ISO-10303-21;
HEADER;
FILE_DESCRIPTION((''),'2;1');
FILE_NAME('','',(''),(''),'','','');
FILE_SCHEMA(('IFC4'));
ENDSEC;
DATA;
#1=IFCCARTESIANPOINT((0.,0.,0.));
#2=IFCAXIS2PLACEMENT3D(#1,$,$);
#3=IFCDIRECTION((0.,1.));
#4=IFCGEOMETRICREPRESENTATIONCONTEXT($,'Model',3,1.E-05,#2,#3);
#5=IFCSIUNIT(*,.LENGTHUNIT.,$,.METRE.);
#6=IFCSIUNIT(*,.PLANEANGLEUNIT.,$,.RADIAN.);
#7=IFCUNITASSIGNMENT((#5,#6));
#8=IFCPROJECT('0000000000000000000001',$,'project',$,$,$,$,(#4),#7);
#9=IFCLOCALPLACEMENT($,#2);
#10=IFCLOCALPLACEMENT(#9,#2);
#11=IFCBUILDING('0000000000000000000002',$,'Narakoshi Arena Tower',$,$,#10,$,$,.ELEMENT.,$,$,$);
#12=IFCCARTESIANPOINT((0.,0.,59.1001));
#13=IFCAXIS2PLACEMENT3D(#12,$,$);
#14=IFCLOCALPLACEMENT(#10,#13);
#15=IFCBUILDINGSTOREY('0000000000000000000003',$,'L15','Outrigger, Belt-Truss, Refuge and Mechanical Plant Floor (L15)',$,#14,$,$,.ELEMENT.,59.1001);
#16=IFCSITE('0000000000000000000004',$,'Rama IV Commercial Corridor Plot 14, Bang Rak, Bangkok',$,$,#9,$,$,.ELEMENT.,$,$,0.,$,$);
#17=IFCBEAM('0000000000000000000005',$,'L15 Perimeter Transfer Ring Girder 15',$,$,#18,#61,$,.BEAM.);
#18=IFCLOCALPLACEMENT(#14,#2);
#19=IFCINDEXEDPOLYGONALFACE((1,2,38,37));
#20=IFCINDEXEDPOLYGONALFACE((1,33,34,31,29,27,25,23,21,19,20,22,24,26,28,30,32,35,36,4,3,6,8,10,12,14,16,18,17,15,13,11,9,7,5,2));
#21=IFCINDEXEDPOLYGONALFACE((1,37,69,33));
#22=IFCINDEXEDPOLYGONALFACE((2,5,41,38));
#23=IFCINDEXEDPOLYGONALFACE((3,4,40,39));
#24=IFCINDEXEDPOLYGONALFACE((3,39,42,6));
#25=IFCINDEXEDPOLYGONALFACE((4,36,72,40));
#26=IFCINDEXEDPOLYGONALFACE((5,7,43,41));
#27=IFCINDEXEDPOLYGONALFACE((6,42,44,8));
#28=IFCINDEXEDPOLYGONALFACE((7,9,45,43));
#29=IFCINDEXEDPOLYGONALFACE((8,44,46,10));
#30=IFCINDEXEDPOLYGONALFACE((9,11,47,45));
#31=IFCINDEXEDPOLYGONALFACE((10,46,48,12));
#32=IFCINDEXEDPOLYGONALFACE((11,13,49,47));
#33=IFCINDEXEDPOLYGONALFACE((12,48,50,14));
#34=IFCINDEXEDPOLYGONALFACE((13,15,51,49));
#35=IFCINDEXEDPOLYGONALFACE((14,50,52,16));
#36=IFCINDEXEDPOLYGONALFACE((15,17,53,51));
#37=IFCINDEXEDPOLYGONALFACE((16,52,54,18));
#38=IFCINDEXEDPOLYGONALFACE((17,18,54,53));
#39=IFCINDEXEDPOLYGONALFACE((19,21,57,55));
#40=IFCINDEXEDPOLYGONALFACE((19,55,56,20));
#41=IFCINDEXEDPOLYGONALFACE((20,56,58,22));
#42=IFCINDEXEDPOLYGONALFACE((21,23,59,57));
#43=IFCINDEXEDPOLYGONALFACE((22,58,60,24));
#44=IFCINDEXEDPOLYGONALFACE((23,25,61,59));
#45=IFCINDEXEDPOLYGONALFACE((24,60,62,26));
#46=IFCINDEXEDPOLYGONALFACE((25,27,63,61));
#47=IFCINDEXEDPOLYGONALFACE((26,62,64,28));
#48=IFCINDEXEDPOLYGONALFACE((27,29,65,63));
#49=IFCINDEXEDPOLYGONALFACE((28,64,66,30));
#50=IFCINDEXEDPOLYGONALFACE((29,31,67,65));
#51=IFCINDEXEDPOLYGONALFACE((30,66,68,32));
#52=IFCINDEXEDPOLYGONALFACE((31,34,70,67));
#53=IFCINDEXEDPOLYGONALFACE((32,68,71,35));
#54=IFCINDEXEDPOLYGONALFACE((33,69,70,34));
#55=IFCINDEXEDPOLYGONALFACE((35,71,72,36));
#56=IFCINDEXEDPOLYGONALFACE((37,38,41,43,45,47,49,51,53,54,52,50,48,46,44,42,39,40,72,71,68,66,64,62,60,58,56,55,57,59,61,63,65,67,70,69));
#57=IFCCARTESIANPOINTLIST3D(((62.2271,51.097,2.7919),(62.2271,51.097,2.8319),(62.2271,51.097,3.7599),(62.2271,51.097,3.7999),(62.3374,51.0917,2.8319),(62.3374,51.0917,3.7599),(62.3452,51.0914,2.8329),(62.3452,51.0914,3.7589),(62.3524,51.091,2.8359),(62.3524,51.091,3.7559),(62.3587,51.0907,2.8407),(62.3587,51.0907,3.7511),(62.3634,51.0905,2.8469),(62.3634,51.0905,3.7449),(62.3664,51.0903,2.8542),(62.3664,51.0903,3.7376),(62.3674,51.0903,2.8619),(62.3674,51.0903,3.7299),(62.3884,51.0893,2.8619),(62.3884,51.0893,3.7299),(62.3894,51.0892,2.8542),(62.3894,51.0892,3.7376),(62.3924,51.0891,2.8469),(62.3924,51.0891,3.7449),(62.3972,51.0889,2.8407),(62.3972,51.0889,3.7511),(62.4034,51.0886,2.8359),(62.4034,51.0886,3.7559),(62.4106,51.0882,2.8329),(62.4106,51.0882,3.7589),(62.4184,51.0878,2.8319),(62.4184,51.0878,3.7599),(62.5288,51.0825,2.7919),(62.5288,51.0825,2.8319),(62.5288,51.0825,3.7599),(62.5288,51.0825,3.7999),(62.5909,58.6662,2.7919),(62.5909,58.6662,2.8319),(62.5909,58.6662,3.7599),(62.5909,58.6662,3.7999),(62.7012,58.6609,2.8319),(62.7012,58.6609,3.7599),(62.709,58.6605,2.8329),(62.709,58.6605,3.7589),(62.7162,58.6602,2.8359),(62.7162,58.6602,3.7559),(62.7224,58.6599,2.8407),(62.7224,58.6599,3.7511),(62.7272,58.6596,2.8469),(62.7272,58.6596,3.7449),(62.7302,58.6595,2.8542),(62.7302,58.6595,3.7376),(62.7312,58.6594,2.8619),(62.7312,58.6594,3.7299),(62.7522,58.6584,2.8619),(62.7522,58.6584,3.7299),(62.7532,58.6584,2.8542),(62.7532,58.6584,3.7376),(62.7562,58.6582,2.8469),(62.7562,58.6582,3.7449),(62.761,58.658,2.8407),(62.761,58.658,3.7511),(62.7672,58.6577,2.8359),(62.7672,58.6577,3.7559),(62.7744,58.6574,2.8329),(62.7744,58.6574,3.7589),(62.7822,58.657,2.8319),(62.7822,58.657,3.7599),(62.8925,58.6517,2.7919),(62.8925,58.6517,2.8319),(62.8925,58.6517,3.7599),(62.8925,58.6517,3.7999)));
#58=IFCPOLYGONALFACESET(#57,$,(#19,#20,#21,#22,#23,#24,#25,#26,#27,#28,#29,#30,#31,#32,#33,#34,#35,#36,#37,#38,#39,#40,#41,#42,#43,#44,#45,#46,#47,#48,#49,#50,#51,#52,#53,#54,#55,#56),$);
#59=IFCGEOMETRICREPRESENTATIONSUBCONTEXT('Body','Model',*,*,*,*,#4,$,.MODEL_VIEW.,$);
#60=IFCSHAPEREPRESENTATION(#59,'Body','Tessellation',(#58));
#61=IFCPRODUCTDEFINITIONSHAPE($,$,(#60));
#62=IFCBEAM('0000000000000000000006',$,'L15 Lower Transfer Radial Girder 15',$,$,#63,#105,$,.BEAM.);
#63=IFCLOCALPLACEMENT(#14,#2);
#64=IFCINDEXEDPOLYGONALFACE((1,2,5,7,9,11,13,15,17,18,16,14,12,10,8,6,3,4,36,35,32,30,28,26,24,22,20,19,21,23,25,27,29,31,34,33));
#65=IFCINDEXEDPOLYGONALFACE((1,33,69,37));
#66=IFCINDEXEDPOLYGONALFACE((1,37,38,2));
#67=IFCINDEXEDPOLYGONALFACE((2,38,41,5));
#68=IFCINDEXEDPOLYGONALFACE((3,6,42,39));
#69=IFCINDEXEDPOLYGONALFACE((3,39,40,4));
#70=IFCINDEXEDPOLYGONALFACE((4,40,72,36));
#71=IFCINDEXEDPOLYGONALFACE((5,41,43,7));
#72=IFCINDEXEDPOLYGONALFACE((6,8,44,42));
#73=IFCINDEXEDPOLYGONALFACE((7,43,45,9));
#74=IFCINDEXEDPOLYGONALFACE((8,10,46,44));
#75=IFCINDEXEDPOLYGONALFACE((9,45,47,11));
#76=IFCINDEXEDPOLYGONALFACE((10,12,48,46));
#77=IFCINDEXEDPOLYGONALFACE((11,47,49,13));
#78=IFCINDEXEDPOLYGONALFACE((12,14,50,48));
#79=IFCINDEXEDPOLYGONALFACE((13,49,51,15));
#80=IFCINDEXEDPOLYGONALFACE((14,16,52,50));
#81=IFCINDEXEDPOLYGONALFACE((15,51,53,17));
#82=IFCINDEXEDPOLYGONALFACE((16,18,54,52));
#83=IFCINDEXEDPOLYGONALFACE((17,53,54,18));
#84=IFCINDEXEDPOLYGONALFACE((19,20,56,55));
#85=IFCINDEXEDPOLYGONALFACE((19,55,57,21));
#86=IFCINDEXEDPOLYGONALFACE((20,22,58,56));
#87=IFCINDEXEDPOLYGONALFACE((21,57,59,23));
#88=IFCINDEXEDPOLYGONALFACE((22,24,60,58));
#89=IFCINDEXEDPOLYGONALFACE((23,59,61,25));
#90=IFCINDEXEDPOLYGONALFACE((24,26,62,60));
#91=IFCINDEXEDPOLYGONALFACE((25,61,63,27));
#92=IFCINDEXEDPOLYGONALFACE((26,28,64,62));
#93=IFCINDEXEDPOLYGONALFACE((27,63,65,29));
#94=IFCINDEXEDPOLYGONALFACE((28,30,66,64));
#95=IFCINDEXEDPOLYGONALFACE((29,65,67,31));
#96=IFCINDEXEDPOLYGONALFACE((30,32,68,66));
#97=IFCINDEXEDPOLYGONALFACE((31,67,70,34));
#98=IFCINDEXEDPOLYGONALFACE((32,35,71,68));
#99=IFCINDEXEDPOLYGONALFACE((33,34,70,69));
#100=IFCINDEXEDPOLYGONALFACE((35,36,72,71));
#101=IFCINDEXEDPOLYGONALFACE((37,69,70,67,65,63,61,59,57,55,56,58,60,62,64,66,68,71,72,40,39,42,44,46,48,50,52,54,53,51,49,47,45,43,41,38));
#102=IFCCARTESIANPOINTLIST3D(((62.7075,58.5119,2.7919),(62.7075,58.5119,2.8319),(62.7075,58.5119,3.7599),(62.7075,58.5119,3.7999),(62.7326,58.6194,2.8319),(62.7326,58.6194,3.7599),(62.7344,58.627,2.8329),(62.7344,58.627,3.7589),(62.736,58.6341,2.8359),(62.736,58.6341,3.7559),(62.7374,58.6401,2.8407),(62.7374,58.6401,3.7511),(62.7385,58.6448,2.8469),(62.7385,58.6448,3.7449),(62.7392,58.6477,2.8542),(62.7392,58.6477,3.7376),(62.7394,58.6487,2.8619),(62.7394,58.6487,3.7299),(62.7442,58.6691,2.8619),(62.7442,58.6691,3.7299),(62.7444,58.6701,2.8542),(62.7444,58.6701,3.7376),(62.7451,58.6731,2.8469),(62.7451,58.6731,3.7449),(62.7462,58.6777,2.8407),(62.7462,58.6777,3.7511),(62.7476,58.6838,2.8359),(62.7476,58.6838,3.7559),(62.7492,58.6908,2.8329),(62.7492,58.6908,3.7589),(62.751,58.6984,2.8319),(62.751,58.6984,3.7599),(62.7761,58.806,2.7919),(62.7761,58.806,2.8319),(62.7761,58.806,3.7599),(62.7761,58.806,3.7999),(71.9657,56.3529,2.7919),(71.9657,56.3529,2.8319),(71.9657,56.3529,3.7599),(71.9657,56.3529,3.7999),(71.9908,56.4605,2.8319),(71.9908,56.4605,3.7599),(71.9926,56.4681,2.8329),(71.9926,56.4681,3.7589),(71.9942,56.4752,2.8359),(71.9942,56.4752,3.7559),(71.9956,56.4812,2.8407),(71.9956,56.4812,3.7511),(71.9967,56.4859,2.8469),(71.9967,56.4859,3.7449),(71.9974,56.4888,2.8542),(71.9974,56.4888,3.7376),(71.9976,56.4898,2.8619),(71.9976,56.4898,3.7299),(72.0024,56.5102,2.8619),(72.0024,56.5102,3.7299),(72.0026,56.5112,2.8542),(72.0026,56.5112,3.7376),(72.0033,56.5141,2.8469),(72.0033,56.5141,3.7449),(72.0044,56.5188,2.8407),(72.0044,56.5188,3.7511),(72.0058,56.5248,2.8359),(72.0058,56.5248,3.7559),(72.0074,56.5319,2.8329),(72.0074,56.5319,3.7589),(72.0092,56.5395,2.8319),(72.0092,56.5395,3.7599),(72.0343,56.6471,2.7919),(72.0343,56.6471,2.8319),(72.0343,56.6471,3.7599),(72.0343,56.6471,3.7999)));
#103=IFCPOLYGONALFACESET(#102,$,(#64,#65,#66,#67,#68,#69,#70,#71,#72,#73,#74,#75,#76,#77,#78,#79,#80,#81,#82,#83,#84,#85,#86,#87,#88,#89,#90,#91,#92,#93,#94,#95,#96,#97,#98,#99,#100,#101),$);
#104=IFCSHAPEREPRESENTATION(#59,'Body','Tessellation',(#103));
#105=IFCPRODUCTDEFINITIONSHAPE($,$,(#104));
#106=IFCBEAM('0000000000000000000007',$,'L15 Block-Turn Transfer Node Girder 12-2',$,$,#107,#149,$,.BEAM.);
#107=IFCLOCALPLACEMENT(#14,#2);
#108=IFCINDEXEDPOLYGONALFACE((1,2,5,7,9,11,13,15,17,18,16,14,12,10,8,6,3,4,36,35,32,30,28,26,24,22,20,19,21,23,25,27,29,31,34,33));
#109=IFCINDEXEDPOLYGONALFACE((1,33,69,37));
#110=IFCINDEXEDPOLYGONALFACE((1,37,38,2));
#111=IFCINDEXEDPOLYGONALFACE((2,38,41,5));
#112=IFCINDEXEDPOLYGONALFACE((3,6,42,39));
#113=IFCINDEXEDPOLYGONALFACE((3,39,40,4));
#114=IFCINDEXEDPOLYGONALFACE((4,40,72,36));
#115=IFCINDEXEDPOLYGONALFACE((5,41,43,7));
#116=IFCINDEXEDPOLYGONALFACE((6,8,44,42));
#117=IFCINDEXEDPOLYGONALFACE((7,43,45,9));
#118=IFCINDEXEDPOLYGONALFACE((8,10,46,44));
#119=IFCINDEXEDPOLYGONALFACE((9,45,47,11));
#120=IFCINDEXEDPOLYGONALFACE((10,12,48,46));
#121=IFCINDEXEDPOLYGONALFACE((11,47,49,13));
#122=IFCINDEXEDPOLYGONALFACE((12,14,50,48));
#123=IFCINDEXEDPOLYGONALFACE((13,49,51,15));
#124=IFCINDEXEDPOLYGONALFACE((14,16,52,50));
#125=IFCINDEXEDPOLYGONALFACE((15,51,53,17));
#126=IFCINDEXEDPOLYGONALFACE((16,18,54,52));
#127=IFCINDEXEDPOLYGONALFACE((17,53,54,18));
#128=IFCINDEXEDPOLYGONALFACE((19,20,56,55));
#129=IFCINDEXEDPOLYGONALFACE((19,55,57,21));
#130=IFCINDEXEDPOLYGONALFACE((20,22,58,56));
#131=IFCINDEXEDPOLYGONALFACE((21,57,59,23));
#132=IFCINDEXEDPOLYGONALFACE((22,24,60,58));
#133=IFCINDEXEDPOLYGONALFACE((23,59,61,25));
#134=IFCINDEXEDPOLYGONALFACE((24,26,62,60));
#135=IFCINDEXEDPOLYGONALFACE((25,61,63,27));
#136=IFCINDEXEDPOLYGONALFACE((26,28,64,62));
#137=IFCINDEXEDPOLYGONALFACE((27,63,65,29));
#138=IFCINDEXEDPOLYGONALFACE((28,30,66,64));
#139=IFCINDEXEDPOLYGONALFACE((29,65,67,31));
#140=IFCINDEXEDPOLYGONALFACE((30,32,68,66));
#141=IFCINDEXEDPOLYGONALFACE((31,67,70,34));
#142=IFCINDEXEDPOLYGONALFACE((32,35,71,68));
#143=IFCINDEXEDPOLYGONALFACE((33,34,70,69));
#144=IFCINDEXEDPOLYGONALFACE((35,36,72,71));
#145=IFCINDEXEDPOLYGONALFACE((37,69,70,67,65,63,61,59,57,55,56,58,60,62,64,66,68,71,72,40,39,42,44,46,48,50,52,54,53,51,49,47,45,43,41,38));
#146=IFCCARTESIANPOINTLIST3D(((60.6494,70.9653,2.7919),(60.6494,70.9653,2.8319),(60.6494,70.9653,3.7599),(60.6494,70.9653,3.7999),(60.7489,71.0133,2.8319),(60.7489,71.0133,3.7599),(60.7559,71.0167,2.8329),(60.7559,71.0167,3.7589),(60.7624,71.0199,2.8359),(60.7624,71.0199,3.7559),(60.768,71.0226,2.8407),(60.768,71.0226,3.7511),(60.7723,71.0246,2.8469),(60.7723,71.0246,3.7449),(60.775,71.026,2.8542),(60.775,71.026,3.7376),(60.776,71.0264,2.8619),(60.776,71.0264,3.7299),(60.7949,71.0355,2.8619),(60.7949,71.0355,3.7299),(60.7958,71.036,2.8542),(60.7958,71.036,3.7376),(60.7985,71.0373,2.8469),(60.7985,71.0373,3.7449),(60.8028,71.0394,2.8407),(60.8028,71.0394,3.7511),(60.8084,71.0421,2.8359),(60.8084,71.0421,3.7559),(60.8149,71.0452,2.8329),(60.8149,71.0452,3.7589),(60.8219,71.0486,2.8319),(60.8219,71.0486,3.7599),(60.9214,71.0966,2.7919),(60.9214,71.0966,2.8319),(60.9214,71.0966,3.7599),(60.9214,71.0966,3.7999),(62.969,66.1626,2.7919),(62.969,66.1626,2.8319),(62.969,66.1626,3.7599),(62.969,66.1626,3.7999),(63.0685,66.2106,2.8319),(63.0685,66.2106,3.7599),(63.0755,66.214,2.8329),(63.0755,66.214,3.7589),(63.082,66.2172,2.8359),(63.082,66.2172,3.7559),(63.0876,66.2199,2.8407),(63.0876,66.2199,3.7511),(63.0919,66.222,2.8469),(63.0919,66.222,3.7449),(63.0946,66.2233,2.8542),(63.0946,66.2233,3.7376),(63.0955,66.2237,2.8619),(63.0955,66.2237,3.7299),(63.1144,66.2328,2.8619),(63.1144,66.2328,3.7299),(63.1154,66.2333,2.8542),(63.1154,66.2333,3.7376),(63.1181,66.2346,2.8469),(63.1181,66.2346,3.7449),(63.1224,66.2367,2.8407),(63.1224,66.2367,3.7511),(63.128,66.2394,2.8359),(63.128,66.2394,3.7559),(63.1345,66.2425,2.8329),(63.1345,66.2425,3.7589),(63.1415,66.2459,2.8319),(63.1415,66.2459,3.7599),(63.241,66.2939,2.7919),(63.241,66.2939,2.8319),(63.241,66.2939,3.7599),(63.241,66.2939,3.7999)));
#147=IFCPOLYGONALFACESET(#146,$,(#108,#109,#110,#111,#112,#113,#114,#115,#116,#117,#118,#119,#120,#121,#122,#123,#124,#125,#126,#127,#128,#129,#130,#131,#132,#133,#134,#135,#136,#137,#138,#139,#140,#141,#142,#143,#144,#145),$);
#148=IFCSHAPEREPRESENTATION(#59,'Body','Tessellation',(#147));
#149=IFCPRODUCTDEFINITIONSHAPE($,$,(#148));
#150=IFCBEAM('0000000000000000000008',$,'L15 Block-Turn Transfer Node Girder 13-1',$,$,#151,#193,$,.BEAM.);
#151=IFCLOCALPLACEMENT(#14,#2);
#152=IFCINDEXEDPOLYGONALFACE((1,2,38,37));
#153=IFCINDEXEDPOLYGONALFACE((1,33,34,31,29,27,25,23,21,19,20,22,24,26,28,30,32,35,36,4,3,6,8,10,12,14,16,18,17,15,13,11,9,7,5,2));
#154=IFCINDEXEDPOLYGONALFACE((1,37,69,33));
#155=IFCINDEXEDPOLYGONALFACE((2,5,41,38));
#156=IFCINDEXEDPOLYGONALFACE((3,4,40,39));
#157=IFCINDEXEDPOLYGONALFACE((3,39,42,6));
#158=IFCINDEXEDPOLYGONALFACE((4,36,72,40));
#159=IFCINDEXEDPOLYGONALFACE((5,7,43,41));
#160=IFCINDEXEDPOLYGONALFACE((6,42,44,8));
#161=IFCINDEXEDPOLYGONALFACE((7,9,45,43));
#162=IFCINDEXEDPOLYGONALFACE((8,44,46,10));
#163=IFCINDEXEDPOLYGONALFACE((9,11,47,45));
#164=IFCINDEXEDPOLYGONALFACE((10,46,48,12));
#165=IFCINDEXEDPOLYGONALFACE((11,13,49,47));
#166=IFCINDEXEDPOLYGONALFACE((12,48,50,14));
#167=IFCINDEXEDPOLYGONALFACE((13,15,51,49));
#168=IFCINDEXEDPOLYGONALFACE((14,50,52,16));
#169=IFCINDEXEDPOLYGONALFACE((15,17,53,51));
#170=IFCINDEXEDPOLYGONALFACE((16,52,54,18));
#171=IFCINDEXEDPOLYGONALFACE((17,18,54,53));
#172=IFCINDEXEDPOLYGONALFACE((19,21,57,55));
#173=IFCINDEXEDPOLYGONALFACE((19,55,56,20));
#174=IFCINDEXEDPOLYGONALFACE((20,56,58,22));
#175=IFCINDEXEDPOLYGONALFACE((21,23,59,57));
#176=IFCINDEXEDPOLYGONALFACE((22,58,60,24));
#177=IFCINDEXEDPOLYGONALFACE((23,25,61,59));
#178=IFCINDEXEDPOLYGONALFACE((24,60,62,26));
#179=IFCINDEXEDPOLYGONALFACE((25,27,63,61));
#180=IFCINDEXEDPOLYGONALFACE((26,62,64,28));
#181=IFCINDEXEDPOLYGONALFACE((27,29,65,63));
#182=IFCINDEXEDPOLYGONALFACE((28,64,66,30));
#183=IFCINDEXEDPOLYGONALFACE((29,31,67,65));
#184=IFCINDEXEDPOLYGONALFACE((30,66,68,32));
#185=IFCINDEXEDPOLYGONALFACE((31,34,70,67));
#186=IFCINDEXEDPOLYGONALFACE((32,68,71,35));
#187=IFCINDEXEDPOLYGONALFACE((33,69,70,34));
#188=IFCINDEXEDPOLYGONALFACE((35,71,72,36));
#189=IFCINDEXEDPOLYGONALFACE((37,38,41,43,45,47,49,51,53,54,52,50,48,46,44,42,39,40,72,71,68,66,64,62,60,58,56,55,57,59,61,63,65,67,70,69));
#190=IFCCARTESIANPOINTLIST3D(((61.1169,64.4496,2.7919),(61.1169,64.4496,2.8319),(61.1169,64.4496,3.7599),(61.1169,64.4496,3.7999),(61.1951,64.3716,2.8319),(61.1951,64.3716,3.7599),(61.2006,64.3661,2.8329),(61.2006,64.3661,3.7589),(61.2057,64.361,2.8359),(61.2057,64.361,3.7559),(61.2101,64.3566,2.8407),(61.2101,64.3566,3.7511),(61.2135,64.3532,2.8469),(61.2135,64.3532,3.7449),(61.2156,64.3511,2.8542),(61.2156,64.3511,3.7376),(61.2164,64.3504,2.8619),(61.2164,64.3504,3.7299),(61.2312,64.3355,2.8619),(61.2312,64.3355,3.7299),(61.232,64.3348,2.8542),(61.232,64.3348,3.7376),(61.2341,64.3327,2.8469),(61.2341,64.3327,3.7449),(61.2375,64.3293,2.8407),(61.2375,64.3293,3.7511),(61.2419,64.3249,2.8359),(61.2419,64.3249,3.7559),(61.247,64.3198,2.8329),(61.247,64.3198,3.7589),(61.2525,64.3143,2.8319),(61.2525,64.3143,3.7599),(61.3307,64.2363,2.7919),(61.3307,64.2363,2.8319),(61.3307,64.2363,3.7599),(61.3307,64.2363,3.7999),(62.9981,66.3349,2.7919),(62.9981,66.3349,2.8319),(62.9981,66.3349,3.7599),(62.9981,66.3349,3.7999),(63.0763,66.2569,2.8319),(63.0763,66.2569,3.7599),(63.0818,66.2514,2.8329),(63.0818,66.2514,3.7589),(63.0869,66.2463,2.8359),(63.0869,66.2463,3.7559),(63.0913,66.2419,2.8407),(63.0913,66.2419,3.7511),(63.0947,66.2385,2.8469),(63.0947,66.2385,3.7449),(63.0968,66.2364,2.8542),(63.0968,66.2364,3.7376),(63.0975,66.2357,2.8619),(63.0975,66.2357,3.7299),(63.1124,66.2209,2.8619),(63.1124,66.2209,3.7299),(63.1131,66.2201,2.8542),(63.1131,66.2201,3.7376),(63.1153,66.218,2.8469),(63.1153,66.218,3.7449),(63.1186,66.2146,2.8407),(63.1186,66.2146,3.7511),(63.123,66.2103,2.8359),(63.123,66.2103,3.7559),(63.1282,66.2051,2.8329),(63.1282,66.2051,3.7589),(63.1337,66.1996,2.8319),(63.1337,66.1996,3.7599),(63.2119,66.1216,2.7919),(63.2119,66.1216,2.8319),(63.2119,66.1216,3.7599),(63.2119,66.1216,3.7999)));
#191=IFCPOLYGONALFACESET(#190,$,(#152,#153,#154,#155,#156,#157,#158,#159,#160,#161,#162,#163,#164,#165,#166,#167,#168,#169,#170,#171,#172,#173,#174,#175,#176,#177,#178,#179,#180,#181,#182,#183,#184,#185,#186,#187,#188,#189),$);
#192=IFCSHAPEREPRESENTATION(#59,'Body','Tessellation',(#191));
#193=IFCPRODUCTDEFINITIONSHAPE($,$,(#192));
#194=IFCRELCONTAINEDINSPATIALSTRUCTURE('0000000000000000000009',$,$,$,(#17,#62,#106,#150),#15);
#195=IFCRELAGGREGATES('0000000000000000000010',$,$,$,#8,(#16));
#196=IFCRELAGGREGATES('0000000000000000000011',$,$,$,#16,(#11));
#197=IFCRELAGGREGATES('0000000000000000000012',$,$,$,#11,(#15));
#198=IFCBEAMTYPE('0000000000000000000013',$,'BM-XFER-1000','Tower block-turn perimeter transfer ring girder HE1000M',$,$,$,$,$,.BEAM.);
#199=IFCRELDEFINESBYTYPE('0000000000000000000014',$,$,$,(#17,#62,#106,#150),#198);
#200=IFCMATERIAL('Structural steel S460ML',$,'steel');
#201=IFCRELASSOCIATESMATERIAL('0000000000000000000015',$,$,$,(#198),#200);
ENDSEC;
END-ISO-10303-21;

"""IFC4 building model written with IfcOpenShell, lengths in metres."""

from ifc_helpers import new_model, si_unit, direction, frame, origin, origin_2d, place, context, subcontext, project, spatial, i_section, extrude, material, material_profile, profile_set, type_object, element, save


model = new_model("IFC4")

# Units and contexts
model_context = context("Model", 3, precision=1e-05, world=origin(), true_north=direction((0.0, 1.0)))
body_context = subcontext(model_context, "Body", "Model", "MODEL_VIEW")
ifc_project = project(units=[si_unit("LENGTHUNIT", "METRE"), si_unit("PLANEANGLEUNIT", "RADIAN")], contexts=[model_context])

# Site, building, storey
site_placement = place(None, origin())
site = spatial("IfcSite", under=ifc_project, at=site_placement, Name="Rama IV Commercial Corridor Plot 14, Bang Rak, Bangkok", CompositionType="ELEMENT", RefElevation=0.0)
building_placement = place(site_placement, origin())
building = spatial("IfcBuilding", under=site, at=building_placement, Name="Narakoshi Arena Tower", CompositionType="ELEMENT")
storey_placement = place(building_placement, frame((0.0, 0.0, 59.1001)))
storey = spatial("IfcBuildingStorey", under=building, at=storey_placement, Name="L15", Description="Outrigger, Belt-Truss, Refuge and Mechanical Plant Floor (L15)", CompositionType="ELEMENT", Elevation=59.1001)

# Shared definitions
ifc_material_1 = material(Name="Structural steel S460ML", Category="steel")

# Beams
ifc_material_profile_1 = material_profile(ifc_material_1, i_section(OverallWidth=0.302, OverallDepth=1.0081, WebThickness=0.021, FlangeThickness=0.04, FilletRadius=0.03, at=origin_2d()), Name="HE1000M")
ifc_profile_set_1 = profile_set([ifc_material_profile_1], Name="Structural steel S460ML")
beam_type_1 = type_object("IfcBeamType", Name="BM-XFER-1000", Description="Tower block-turn perimeter transfer ring girder HE1000M", PredefinedType="BEAM", material=ifc_profile_set_1)
beam_1_placement = place(storey_placement, frame((62.7417, 58.6589, 3.2959), z_axis=(-0.048004, -0.998847, 0.0), x_axis=(0.998847, -0.048004, 0.0)))
element("IfcBeam", 1, at=beam_1_placement, inside=storey, type_object=beam_type_1, Name="L15 Perimeter Transfer Ring Girder 15", PredefinedType="BEAM", context=body_context, shape_type="SweptSolid", body=[
    extrude(i_section(OverallWidth=0.302, OverallDepth=1.0081, WebThickness=0.021, FlangeThickness=0.04, FilletRadius=0.03, at=origin_2d()), origin(), (0.0, 0.0, 1.0), 7.5779),
])
beam_2_placement = place(storey_placement, frame((72.0, 56.5, 3.2959), z_axis=(-0.973872, 0.227096, 0.0), x_axis=(-0.227096, -0.973872, 0.0)))
element("IfcBeam", 2, at=beam_2_placement, inside=storey, type_object=beam_type_1, Name="L15 Lower Transfer Radial Girder 15", PredefinedType="BEAM", context=body_context, shape_type="SweptSolid", body=[
    extrude(i_section(OverallWidth=0.302, OverallDepth=1.0081, WebThickness=0.021, FlangeThickness=0.04, FilletRadius=0.03, at=origin_2d()), origin(), (0.0, 0.0, 1.0), 9.5066),
])
beam_3_placement = place(storey_placement, frame((63.105, 66.2283, 3.2959), z_axis=(-0.434904, 0.900477, 0.0), x_axis=(-0.900477, -0.434904, 0.0)))
element("IfcBeam", 3, at=beam_3_placement, inside=storey, type_object=beam_type_1, Name="L15 Block-Turn Transfer Node Girder 12-2", PredefinedType="BEAM", context=body_context, shape_type="SweptSolid", body=[
    extrude(i_section(OverallWidth=0.302, OverallDepth=1.0081, WebThickness=0.021, FlangeThickness=0.04, FilletRadius=0.03, at=origin_2d()), origin(), (0.0, 0.0, 1.0), 5.3335),
])
beam_4_placement = place(storey_placement, frame((63.105, 66.2283, 3.2959), z_axis=(-0.706327, -0.707886, 0.0), x_axis=(0.707886, -0.706327, 0.0)))
element("IfcBeam", 4, at=beam_4_placement, inside=storey, type_object=beam_type_1, Name="L15 Block-Turn Transfer Node Girder 13-1", PredefinedType="BEAM", context=body_context, shape_type="SweptSolid", body=[
    extrude(i_section(OverallWidth=0.302, OverallDepth=1.0081, WebThickness=0.021, FlangeThickness=0.04, FilletRadius=0.03, at=origin_2d()), origin(), (0.0, 0.0, 1.0), 2.6633),
])

save(model, "model.ifc")
